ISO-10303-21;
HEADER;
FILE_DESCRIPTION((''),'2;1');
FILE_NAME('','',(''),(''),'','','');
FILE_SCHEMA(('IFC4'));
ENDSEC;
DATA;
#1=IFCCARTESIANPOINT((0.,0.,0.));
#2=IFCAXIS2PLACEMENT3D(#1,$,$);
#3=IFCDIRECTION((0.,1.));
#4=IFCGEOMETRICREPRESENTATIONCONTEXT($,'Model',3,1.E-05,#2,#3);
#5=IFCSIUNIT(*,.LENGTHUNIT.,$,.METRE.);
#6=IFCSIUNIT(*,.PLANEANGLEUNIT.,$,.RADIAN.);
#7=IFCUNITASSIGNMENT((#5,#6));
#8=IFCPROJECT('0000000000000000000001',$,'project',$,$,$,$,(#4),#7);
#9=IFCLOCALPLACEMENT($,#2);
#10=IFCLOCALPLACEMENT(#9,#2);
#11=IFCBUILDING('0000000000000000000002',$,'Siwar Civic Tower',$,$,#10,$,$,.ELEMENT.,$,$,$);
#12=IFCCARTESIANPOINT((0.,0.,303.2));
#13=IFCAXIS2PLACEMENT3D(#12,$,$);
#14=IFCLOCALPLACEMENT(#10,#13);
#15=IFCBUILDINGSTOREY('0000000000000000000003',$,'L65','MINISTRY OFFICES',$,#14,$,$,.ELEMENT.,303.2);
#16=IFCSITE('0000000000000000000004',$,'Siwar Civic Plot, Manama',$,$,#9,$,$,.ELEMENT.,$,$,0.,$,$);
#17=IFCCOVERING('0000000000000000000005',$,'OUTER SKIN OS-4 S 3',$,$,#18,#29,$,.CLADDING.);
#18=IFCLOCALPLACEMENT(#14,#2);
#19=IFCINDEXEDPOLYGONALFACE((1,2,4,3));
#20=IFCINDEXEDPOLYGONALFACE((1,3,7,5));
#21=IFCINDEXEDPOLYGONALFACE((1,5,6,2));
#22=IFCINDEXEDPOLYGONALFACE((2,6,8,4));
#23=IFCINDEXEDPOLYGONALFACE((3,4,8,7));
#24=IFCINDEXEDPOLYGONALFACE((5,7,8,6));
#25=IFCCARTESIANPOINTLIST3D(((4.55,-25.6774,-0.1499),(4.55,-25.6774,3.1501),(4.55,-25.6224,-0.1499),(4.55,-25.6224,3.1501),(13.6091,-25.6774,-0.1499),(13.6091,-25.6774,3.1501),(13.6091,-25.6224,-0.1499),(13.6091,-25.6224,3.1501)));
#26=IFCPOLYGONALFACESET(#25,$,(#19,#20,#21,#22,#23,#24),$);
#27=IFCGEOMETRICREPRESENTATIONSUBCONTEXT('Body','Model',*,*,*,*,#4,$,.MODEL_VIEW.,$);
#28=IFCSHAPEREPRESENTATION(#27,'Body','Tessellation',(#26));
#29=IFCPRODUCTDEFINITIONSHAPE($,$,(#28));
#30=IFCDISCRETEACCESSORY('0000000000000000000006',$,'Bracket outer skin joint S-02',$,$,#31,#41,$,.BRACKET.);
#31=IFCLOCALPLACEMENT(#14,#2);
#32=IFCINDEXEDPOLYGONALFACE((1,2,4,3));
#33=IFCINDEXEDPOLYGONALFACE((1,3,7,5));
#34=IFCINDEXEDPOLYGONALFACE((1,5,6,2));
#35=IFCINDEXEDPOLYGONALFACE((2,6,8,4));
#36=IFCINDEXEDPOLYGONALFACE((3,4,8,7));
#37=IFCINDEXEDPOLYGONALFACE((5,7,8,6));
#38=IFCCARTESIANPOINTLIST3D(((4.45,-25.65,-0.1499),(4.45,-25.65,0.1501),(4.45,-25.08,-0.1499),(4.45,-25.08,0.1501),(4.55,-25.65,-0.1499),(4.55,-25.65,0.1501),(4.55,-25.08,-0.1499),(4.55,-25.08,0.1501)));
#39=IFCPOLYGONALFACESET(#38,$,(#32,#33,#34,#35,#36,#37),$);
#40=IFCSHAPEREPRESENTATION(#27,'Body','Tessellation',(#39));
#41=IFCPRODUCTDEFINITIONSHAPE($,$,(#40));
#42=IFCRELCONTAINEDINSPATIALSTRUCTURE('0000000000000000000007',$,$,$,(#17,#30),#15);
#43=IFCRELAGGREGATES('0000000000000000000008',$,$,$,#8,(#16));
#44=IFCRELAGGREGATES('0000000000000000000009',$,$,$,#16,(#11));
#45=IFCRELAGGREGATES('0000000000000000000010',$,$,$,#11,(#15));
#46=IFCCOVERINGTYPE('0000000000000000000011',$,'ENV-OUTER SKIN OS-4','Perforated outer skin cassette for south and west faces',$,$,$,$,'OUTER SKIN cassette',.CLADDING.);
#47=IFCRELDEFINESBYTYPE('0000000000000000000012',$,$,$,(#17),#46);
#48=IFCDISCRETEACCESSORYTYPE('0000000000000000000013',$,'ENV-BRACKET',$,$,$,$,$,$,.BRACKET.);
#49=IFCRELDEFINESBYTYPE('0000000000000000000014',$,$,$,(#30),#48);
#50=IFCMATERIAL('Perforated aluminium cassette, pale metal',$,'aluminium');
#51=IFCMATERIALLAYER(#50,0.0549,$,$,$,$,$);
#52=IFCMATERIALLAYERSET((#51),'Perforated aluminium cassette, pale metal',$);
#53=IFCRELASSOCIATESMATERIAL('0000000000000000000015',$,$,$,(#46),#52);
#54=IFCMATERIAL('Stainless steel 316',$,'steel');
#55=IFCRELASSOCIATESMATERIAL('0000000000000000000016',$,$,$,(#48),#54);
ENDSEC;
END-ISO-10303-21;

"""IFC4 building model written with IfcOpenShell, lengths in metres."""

from ifc_helpers import new_model, si_unit, direction, frame, origin, origin_2d, place, context, subcontext, project, spatial, rectangle, extrude, material, layer, layer_set, type_object, element, save


model = new_model("IFC4")

# Units and contexts
model_context = context("Model", 3, precision=1e-05, world=origin(), true_north=direction((0.0, 1.0)))
body_context = subcontext(model_context, "Body", "Model", "MODEL_VIEW")
ifc_project = project(units=[si_unit("LENGTHUNIT", "METRE"), si_unit("PLANEANGLEUNIT", "RADIAN")], contexts=[model_context])

# Site, building, storey
site_placement = place(None, origin())
site = spatial("IfcSite", under=ifc_project, at=site_placement, Name="Siwar Civic Plot, Manama", CompositionType="ELEMENT", RefElevation=0.0)
building_placement = place(site_placement, origin())
building = spatial("IfcBuilding", under=site, at=building_placement, Name="Siwar Civic Tower", CompositionType="ELEMENT")
storey_placement = place(building_placement, frame((0.0, 0.0, 303.2)))
storey = spatial("IfcBuildingStorey", under=building, at=storey_placement, Name="L65", Description="MINISTRY OFFICES", CompositionType="ELEMENT", Elevation=303.2)

# Covering
ifc_material_1 = material(Name="Perforated aluminium cassette, pale metal", Category="aluminium")
ifc_layer_1 = layer(ifc_material_1, 0.0549)
ifc_layer_set_1 = layer_set([ifc_layer_1], Name="Perforated aluminium cassette, pale metal")
covering_type = type_object("IfcCoveringType", Name="ENV-OUTER SKIN OS-4", Description="Perforated outer skin cassette for south and west faces", ElementType="OUTER SKIN cassette", PredefinedType="CLADDING", material=ifc_layer_set_1)
covering_1_placement = place(storey_placement, frame((9.0796, -25.6499, -0.1499), z_axis=(0.0, 0.0, 1.0), x_axis=(1.0, 0.0, 0.0)))
element("IfcCovering", 1, at=covering_1_placement, inside=storey, type_object=covering_type, Name="OUTER SKIN OS-4 S 3", PredefinedType="CLADDING", context=body_context, shape_type="SweptSolid", body=[
    extrude(rectangle(XDim=9.0591, YDim=0.0549, at=origin_2d()), origin(), (0.0, 0.0, 1.0), 3.3),
])

# Discrete accessory
ifc_material_2 = material(Name="Stainless steel 316", Category="steel")
discrete_accessory_type = type_object("IfcDiscreteAccessoryType", Name="ENV-BRACKET", PredefinedType="BRACKET", material=ifc_material_2)
discrete_accessory_placement = place(storey_placement, frame((4.5, -25.365, -0.1499), z_axis=(0.0, 0.0, 1.0), x_axis=(0.0, -1.0, 0.0)))
element("IfcDiscreteAccessory", 2, at=discrete_accessory_placement, inside=storey, type_object=discrete_accessory_type, Name="Bracket outer skin joint S-02", PredefinedType="BRACKET", context=body_context, shape_type="SweptSolid", body=[
    extrude(rectangle(XDim=0.5701, YDim=0.1001, at=origin_2d()), origin(), (0.0, 0.0, 1.0), 0.3),
])

save(model, "model.ifc")
